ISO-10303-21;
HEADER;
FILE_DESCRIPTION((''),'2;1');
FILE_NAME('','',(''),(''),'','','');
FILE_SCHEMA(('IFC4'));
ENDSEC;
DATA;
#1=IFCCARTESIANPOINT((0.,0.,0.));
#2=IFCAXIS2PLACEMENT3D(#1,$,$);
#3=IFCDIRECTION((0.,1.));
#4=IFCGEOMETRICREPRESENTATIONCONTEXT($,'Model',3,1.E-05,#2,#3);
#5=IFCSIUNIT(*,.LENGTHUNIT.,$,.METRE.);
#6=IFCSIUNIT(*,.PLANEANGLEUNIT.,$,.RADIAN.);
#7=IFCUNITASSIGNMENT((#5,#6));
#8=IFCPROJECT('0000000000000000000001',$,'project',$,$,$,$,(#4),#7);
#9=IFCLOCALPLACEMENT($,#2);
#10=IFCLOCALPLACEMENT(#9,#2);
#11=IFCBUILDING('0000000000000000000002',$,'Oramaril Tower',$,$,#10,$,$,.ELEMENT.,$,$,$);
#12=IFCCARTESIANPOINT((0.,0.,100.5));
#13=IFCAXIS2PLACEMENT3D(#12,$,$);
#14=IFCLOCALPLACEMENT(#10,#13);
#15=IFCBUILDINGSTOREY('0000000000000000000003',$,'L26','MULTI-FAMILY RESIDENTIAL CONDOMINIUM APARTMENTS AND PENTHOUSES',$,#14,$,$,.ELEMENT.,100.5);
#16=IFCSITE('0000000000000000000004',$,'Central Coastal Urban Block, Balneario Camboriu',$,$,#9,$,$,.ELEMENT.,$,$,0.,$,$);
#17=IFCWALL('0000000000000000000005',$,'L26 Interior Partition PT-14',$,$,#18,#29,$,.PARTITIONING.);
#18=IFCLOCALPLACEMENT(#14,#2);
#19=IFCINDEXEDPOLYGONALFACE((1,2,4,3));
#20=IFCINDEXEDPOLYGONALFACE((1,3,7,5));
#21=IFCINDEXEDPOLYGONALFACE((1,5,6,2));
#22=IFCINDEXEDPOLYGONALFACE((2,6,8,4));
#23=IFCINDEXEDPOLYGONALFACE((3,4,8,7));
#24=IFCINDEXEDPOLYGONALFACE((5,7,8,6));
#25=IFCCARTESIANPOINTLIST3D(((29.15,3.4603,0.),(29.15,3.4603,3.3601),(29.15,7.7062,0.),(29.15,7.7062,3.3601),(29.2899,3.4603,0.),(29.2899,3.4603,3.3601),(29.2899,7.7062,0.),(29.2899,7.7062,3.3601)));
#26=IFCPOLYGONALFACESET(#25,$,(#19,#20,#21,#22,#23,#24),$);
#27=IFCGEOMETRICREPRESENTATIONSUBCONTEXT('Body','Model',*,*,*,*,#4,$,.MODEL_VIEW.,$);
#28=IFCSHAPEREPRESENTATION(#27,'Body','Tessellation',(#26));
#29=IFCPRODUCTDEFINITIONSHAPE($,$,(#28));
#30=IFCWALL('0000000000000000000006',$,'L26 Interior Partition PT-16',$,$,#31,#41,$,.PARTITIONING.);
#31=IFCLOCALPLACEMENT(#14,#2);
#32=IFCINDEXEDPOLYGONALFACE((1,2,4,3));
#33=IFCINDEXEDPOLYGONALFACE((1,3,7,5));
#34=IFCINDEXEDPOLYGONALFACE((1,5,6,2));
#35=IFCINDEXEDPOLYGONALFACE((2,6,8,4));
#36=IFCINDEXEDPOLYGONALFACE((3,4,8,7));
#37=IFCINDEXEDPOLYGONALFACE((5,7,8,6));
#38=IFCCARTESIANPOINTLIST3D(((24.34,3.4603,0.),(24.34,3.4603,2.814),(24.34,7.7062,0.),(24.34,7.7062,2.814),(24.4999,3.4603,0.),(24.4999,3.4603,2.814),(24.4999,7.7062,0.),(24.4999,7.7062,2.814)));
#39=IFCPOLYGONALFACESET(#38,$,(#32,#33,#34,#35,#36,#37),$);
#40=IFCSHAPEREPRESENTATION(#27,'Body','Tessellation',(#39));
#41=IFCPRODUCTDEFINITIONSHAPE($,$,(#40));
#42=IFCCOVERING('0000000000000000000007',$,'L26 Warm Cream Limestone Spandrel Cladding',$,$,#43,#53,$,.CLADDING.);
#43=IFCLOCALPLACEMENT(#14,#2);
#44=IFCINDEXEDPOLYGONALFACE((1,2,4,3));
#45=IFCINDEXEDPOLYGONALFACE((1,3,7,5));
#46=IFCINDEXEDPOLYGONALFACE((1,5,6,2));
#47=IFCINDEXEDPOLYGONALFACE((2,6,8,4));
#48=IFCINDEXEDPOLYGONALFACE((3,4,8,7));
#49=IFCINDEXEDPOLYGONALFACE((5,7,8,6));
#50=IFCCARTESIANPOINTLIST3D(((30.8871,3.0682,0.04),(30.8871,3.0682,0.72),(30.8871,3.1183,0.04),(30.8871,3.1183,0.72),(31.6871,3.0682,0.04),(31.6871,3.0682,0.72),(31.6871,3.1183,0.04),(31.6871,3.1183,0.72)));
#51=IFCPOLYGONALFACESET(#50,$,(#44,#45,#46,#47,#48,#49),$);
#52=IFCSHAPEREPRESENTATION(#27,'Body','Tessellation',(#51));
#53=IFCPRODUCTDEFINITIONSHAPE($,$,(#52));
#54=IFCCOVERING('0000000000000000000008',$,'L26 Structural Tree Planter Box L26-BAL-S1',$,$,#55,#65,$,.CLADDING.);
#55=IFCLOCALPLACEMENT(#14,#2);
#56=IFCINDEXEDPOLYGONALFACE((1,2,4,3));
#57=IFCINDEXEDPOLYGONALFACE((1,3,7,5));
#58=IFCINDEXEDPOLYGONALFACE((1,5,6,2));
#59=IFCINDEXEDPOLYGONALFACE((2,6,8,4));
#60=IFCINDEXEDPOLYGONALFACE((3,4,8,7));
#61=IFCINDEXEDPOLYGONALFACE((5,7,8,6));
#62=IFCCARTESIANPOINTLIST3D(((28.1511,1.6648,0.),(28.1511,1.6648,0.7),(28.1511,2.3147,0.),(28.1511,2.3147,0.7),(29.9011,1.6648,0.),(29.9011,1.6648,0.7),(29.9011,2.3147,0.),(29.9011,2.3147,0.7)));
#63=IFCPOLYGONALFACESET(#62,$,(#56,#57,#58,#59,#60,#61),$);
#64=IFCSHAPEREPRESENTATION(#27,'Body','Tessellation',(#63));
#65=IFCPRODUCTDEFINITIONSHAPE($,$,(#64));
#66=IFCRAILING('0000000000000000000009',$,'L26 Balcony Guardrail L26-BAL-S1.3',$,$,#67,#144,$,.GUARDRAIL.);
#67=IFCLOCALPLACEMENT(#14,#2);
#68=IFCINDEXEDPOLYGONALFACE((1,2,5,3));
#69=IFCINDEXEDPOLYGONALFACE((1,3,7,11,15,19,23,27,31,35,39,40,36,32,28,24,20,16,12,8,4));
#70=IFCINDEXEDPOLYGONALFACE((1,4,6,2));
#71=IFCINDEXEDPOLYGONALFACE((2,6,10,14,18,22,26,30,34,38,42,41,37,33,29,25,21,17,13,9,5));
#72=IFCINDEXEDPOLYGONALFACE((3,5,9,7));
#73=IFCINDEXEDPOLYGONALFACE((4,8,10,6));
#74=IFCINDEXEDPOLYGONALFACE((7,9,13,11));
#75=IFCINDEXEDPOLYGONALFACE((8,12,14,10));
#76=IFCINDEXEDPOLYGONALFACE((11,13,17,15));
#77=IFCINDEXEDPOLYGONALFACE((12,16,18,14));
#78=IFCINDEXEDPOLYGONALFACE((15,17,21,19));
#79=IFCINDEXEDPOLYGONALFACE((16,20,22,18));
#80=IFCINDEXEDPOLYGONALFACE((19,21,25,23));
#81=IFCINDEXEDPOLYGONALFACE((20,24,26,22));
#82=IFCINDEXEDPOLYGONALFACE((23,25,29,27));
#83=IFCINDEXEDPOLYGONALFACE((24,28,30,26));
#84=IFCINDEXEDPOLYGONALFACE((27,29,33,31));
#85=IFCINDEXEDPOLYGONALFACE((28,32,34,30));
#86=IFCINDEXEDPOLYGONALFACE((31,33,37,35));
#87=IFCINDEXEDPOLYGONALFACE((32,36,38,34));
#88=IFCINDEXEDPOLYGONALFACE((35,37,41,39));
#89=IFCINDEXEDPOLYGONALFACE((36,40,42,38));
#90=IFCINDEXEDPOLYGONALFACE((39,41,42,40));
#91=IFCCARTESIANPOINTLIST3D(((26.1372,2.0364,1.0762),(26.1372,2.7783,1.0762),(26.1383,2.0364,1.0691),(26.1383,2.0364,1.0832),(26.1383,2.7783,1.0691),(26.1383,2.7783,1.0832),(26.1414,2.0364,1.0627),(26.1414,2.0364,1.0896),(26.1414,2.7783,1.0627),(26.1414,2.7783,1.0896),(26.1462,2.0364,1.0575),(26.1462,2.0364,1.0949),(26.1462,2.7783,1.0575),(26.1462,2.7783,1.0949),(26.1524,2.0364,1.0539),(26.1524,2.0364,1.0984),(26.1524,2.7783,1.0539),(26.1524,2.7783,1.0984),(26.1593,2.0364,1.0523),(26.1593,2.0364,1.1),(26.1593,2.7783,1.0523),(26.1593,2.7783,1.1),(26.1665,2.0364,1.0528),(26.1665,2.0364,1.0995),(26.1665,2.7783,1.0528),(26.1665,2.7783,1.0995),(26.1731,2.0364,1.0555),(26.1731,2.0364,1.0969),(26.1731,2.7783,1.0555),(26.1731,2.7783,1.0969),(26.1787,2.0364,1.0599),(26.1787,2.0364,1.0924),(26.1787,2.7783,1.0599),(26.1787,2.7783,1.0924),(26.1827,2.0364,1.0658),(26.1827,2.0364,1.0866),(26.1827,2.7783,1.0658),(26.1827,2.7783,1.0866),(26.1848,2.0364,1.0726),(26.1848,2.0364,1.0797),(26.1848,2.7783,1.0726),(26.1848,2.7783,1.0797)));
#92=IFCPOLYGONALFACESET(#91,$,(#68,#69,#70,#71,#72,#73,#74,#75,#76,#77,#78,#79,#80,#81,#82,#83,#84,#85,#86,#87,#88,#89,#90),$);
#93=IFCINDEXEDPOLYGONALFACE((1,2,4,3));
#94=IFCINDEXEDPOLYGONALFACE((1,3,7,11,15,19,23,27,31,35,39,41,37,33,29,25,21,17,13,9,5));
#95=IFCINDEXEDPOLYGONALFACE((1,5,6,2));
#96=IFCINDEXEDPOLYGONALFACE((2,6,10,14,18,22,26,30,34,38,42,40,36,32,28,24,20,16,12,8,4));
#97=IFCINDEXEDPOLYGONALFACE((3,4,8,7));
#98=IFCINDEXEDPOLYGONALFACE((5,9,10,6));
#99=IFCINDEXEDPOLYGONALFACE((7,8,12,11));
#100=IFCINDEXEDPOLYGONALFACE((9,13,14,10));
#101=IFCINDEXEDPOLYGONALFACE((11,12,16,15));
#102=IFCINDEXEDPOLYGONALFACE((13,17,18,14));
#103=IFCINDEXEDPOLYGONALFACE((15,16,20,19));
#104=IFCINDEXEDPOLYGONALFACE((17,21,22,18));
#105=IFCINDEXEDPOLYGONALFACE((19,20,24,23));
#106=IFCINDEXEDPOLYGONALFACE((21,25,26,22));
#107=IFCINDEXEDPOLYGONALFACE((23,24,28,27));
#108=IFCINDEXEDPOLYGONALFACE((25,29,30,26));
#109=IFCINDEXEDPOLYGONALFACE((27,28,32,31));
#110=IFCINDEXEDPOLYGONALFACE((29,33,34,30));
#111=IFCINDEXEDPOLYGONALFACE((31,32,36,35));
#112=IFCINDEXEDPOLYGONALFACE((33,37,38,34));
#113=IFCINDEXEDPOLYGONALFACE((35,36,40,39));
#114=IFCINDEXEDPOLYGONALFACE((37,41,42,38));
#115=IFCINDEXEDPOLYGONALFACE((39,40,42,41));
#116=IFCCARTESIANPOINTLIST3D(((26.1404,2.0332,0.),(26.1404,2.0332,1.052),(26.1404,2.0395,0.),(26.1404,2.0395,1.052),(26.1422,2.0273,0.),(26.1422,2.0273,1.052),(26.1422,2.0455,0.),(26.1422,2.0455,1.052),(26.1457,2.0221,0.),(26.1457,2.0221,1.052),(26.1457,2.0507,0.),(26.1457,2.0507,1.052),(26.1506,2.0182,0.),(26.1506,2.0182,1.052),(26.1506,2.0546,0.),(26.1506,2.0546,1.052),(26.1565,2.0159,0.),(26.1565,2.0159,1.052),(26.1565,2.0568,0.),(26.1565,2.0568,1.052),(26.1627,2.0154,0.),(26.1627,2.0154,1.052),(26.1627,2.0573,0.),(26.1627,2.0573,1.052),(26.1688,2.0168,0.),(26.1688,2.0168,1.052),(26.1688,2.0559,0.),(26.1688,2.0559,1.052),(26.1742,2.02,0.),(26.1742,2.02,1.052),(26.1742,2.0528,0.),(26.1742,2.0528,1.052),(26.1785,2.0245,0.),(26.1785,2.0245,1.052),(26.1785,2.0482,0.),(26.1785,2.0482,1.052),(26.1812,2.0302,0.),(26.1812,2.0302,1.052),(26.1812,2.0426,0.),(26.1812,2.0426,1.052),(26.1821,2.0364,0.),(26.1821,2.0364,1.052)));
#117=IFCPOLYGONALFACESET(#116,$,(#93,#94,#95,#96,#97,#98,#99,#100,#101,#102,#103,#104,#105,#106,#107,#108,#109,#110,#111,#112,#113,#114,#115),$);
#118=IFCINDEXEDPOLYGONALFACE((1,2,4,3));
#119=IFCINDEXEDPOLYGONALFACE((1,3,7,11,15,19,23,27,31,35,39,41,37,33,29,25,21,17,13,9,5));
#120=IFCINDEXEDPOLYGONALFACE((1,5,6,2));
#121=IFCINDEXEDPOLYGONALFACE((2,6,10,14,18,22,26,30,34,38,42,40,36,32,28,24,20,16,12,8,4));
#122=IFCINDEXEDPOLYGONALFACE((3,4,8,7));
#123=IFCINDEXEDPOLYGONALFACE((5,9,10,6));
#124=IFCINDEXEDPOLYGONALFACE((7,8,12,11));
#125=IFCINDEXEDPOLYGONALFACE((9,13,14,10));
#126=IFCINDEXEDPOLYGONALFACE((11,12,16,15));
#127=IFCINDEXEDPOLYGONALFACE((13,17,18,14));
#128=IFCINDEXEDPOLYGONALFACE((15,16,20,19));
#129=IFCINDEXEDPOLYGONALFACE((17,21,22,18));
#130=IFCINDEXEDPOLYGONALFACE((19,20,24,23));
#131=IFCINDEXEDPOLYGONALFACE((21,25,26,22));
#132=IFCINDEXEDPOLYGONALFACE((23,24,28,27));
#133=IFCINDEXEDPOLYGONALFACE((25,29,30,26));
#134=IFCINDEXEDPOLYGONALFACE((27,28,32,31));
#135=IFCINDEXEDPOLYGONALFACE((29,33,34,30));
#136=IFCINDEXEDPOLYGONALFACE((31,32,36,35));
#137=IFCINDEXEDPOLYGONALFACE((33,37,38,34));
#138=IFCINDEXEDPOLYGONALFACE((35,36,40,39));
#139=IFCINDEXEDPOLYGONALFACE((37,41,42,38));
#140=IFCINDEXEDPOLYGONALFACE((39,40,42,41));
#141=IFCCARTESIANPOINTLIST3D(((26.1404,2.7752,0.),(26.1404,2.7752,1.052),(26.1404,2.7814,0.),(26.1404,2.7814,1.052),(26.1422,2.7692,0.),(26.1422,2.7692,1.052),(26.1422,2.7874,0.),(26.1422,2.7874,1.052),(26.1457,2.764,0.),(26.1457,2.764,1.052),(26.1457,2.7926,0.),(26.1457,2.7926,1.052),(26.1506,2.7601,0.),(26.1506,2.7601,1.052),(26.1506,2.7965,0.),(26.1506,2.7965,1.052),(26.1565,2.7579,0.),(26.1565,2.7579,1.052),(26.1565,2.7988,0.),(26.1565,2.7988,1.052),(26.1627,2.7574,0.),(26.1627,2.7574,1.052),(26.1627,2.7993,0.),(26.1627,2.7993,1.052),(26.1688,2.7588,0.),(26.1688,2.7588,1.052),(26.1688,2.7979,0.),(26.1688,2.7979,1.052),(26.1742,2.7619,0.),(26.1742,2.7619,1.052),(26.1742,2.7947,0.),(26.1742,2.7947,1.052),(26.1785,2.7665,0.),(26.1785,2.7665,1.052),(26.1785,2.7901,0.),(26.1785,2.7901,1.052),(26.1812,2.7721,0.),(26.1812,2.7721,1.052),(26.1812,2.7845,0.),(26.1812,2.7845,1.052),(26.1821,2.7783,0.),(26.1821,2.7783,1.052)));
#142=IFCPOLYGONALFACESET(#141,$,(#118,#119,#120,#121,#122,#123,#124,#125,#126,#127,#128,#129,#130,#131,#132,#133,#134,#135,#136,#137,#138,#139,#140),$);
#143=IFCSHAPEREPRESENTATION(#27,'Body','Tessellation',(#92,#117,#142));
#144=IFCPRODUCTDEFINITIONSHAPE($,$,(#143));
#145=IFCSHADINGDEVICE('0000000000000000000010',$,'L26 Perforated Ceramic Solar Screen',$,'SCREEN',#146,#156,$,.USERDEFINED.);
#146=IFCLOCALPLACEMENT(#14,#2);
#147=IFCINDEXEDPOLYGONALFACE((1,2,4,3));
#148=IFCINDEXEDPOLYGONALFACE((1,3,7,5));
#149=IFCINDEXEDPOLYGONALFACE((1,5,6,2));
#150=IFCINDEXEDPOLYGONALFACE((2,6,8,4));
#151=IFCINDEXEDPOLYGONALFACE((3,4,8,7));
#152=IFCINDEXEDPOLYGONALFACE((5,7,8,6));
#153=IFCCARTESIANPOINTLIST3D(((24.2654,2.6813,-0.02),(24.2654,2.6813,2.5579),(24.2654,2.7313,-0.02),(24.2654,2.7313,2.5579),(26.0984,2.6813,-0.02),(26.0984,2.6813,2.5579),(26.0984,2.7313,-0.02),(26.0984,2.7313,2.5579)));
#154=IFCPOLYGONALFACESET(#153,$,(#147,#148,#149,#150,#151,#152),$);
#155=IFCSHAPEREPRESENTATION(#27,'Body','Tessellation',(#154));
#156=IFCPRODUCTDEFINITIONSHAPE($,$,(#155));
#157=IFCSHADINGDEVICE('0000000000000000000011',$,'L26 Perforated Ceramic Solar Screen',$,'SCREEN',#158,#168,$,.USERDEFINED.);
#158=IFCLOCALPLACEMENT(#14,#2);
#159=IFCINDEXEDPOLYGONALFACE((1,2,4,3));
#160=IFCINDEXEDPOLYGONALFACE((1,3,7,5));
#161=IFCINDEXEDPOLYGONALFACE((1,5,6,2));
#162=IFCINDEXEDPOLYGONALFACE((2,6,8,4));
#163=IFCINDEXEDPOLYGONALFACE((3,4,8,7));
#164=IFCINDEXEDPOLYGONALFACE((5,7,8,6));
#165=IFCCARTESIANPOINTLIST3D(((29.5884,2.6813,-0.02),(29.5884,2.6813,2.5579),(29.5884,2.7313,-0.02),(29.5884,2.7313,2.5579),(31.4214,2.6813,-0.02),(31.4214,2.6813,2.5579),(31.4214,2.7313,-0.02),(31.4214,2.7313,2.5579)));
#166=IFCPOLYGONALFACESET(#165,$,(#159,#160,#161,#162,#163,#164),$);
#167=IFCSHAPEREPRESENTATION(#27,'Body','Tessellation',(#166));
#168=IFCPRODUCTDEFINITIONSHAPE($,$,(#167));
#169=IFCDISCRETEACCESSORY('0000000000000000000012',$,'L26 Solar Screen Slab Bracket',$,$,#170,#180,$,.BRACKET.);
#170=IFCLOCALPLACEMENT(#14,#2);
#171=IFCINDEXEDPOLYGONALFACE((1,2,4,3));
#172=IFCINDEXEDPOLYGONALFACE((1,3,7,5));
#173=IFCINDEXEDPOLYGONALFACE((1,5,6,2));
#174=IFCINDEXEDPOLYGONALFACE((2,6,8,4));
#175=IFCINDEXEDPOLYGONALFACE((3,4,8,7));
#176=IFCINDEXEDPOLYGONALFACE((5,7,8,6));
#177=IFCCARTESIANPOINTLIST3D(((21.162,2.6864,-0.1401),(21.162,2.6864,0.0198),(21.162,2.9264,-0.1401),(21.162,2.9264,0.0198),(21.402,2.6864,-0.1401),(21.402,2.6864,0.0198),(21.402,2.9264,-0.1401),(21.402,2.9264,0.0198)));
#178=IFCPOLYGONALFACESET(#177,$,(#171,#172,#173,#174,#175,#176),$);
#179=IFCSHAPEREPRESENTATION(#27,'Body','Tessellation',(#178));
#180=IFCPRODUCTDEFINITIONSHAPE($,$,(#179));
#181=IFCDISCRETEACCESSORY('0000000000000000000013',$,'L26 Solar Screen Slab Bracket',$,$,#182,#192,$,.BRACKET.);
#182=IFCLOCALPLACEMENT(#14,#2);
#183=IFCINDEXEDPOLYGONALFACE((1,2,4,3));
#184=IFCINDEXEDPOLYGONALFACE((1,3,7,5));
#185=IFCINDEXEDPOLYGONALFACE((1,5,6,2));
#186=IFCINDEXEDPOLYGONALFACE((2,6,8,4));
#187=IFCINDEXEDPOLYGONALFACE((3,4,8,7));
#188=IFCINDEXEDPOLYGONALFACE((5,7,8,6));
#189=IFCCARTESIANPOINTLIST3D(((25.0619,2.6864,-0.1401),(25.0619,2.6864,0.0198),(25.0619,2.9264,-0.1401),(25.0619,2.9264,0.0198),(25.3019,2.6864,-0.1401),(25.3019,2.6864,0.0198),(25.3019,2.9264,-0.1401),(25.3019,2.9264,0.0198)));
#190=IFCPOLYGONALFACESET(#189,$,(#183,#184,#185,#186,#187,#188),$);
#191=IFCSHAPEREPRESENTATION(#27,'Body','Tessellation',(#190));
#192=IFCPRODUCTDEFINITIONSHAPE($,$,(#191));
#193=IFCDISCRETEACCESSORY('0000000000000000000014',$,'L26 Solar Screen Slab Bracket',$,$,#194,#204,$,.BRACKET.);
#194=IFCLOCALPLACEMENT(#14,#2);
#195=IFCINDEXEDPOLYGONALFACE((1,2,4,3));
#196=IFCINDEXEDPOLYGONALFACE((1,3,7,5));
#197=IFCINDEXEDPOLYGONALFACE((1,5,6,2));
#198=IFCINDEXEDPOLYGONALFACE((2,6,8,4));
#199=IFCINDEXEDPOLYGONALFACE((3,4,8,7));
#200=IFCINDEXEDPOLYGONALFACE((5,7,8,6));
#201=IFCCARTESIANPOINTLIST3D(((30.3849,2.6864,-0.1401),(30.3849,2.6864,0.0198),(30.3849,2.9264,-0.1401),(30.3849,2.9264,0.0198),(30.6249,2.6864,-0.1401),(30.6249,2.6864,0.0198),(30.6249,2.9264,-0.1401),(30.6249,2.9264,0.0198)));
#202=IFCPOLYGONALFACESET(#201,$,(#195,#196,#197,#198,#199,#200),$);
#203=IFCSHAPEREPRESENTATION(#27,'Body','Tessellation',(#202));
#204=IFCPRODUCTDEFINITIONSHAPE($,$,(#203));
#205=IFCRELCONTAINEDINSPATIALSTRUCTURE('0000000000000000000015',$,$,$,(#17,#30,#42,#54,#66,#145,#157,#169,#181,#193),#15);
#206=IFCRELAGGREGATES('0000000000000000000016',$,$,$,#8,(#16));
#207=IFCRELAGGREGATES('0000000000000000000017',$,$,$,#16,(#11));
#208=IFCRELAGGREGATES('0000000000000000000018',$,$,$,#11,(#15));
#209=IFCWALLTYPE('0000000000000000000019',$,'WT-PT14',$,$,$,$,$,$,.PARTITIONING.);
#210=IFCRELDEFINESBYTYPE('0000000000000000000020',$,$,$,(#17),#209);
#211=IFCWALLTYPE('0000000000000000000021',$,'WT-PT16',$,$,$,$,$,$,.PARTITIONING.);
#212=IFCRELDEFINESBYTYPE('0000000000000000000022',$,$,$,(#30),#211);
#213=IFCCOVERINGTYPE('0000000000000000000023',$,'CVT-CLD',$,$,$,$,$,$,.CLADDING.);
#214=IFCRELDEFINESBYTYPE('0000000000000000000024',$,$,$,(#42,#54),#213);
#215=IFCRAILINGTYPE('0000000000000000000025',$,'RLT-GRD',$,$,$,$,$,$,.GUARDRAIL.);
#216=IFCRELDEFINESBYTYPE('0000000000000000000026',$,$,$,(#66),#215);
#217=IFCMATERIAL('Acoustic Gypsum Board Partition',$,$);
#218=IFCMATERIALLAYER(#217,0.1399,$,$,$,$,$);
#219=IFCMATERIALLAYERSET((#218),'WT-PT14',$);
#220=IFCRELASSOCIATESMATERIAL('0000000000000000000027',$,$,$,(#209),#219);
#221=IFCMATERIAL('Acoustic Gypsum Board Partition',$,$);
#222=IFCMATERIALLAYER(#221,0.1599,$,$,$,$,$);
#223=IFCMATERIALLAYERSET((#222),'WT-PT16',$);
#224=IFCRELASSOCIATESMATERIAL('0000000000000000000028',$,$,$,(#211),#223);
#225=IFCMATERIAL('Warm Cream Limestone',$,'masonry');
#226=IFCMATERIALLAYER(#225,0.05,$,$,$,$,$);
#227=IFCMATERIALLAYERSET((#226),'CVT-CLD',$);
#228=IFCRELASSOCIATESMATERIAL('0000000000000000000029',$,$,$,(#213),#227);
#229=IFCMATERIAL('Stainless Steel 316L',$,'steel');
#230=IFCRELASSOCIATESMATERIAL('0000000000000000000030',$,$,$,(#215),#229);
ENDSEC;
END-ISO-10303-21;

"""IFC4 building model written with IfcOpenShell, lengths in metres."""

from ifc_helpers import new_model, si_unit, direction, frame, frame_2d, origin, origin_2d, place, context, subcontext, project, spatial, rectangle, circle, extrude, material, layer, layer_set, type_object, element, save


model = new_model("IFC4")

# Units and contexts
model_context = context("Model", 3, precision=1e-05, world=origin(), true_north=direction((0.0, 1.0)))
body_context = subcontext(model_context, "Body", "Model", "MODEL_VIEW")
ifc_project = project(units=[si_unit("LENGTHUNIT", "METRE"), si_unit("PLANEANGLEUNIT", "RADIAN")], contexts=[model_context])

# Site, building, storey
site_placement = place(None, origin())
site = spatial("IfcSite", under=ifc_project, at=site_placement, Name="Central Coastal Urban Block, Balneario Camboriu", CompositionType="ELEMENT", RefElevation=0.0)
building_placement = place(site_placement, origin())
building = spatial("IfcBuilding", under=site, at=building_placement, Name="Oramaril Tower", CompositionType="ELEMENT")
storey_placement = place(building_placement, frame((0.0, 0.0, 100.5)))
storey = spatial("IfcBuildingStorey", under=building, at=storey_placement, Name="L26", Description="MULTI-FAMILY RESIDENTIAL CONDOMINIUM APARTMENTS AND PENTHOUSES", CompositionType="ELEMENT", Elevation=100.5)

# Walls
ifc_material_1 = material(Name="Acoustic Gypsum Board Partition")
ifc_layer_1 = layer(ifc_material_1, 0.1399)
ifc_layer_set_1 = layer_set([ifc_layer_1], Name="WT-PT14")
wall_type_1 = type_object("IfcWallType", Name="WT-PT14", PredefinedType="PARTITIONING", material=ifc_layer_set_1)
wall_1_placement = place(storey_placement, frame((29.22, 3.4602, 0.0), z_axis=(0.0, 0.0, 1.0), x_axis=(0.0, 1.0, 0.0)))
element("IfcWall", 1, at=wall_1_placement, inside=storey, type_object=wall_type_1, Name="L26 Interior Partition PT-14", PredefinedType="PARTITIONING", context=body_context, shape_type="SweptSolid", body=[
    extrude(rectangle(XDim=4.2458, YDim=0.1399, at=frame_2d((2.123, 0.0))), origin(), (0.0, 0.0, 1.0), 3.3601),
])
ifc_material_2 = material(Name="Acoustic Gypsum Board Partition")
ifc_layer_2 = layer(ifc_material_2, 0.1599)
ifc_layer_set_2 = layer_set([ifc_layer_2], Name="WT-PT16")
wall_type_2 = type_object("IfcWallType", Name="WT-PT16", PredefinedType="PARTITIONING", material=ifc_layer_set_2)
wall_2_placement = place(storey_placement, frame((24.4199, 3.4602, 0.0), z_axis=(0.0, 0.0, 1.0), x_axis=(0.0, 1.0, 0.0)))
element("IfcWall", 2, at=wall_2_placement, inside=storey, type_object=wall_type_2, Name="L26 Interior Partition PT-16", PredefinedType="PARTITIONING", context=body_context, shape_type="SweptSolid", body=[
    extrude(rectangle(XDim=4.2458, YDim=0.1599, at=frame_2d((2.123, 0.0))), origin(), (0.0, 0.0, 1.0), 2.814),
])

# Coverings
ifc_material_3 = material(Name="Warm Cream Limestone", Category="masonry")
ifc_layer_3 = layer(ifc_material_3, 0.05)
ifc_layer_set_3 = layer_set([ifc_layer_3], Name="CVT-CLD")
covering_type = type_object("IfcCoveringType", Name="CVT-CLD", PredefinedType="CLADDING", material=ifc_layer_set_3)
covering_1_placement = place(storey_placement, frame((31.2871, 3.0933, 0.04), z_axis=(0.0, 0.0, 1.0), x_axis=(1.0, 0.0, 0.0)))
element("IfcCovering", 3, at=covering_1_placement, inside=storey, type_object=covering_type, Name="L26 Warm Cream Limestone Spandrel Cladding", PredefinedType="CLADDING", context=body_context, shape_type="SweptSolid", body=[
    extrude(rectangle(XDim=0.8, YDim=0.05, at=origin_2d()), origin(), (0.0, 0.0, 1.0), 0.6799),
])
covering_2_placement = place(storey_placement, frame((29.0261, 1.9897, 0.0), z_axis=(0.0, 0.0, 1.0), x_axis=(1.0, 0.0, 0.0)))
element("IfcCovering", 4, at=covering_2_placement, inside=storey, type_object=covering_type, Name="L26 Structural Tree Planter Box L26-BAL-S1", PredefinedType="CLADDING", context=body_context, shape_type="SweptSolid", body=[
    extrude(rectangle(XDim=1.75, YDim=0.6499, at=origin_2d()), origin(), (0.0, 0.0, 1.0), 0.7),
])

# Railing
ifc_material_4 = material(Name="Stainless Steel 316L", Category="steel")
railing_type = type_object("IfcRailingType", Name="RLT-GRD", PredefinedType="GUARDRAIL", material=ifc_material_4)
railing_placement = place(storey_placement, frame((26.1611, 2.0364, 0.0)))
element("IfcRailing", 5, at=railing_placement, inside=storey, type_object=railing_type, Name="L26 Balcony Guardrail L26-BAL-S1.3", PredefinedType="GUARDRAIL", context=body_context, shape_type="SweptSolid", body=[
    extrude(circle(Radius=0.0239, at=origin_2d()), frame((0.0, 0.0, 1.0762), z_axis=(0.0, 1.0, 0.0), x_axis=(-1.0, 0.0, 0.0)), (0.0, 0.0, 1.0), 0.7419),
    extrude(circle(Radius=0.021, at=origin_2d()), origin(), (0.0, 0.0, 1.0), 1.052),
    extrude(circle(Radius=0.021, at=origin_2d()), frame((0.0, 0.7419, 0.0)), (0.0, 0.0, 1.0), 1.052),
])

# Shading devices
for number, where, z_axis, x_axis, name in (
    (6, (25.1819, 2.7063, -0.02), (0.0, 0.0, 1.0), (1.0, 0.0, 0.0), "L26 Perforated Ceramic Solar Screen"),
    (7, (30.5049, 2.7063, -0.02), (0.0, 0.0, 1.0), (1.0, 0.0, 0.0), "L26 Perforated Ceramic Solar Screen"),
):
    element("IfcShadingDevice", number, at=place(storey_placement, frame(where, z_axis=z_axis, x_axis=x_axis)), inside=storey, Name=name, ObjectType="SCREEN", PredefinedType="USERDEFINED", context=body_context, shape_type="SweptSolid", body=[
        extrude(rectangle(XDim=1.833, YDim=0.05, at=origin_2d()), origin(), (0.0, 0.0, 1.0), 2.5779),
    ])

# Discrete accessories
for number, where, z_axis, x_axis, name in (
    (8, (21.282, 2.8064, -0.1401), (0.0, 0.0, 1.0), (1.0, 0.0, 0.0), "L26 Solar Screen Slab Bracket"),
    (9, (25.1819, 2.8064, -0.1401), (0.0, 0.0, 1.0), (1.0, 0.0, 0.0), "L26 Solar Screen Slab Bracket"),
    (10, (30.5049, 2.8064, -0.1401), (0.0, 0.0, 1.0), (1.0, 0.0, 0.0), "L26 Solar Screen Slab Bracket"),
):
    element("IfcDiscreteAccessory", number, at=place(storey_placement, frame(where, z_axis=z_axis, x_axis=x_axis)), inside=storey, Name=name, PredefinedType="BRACKET", context=body_context, shape_type="SweptSolid", body=[
        extrude(rectangle(XDim=0.24, YDim=0.24, at=origin_2d()), origin(), (0.0, 0.0, 1.0), 0.1599),
    ])

save(model, "model.ifc")
